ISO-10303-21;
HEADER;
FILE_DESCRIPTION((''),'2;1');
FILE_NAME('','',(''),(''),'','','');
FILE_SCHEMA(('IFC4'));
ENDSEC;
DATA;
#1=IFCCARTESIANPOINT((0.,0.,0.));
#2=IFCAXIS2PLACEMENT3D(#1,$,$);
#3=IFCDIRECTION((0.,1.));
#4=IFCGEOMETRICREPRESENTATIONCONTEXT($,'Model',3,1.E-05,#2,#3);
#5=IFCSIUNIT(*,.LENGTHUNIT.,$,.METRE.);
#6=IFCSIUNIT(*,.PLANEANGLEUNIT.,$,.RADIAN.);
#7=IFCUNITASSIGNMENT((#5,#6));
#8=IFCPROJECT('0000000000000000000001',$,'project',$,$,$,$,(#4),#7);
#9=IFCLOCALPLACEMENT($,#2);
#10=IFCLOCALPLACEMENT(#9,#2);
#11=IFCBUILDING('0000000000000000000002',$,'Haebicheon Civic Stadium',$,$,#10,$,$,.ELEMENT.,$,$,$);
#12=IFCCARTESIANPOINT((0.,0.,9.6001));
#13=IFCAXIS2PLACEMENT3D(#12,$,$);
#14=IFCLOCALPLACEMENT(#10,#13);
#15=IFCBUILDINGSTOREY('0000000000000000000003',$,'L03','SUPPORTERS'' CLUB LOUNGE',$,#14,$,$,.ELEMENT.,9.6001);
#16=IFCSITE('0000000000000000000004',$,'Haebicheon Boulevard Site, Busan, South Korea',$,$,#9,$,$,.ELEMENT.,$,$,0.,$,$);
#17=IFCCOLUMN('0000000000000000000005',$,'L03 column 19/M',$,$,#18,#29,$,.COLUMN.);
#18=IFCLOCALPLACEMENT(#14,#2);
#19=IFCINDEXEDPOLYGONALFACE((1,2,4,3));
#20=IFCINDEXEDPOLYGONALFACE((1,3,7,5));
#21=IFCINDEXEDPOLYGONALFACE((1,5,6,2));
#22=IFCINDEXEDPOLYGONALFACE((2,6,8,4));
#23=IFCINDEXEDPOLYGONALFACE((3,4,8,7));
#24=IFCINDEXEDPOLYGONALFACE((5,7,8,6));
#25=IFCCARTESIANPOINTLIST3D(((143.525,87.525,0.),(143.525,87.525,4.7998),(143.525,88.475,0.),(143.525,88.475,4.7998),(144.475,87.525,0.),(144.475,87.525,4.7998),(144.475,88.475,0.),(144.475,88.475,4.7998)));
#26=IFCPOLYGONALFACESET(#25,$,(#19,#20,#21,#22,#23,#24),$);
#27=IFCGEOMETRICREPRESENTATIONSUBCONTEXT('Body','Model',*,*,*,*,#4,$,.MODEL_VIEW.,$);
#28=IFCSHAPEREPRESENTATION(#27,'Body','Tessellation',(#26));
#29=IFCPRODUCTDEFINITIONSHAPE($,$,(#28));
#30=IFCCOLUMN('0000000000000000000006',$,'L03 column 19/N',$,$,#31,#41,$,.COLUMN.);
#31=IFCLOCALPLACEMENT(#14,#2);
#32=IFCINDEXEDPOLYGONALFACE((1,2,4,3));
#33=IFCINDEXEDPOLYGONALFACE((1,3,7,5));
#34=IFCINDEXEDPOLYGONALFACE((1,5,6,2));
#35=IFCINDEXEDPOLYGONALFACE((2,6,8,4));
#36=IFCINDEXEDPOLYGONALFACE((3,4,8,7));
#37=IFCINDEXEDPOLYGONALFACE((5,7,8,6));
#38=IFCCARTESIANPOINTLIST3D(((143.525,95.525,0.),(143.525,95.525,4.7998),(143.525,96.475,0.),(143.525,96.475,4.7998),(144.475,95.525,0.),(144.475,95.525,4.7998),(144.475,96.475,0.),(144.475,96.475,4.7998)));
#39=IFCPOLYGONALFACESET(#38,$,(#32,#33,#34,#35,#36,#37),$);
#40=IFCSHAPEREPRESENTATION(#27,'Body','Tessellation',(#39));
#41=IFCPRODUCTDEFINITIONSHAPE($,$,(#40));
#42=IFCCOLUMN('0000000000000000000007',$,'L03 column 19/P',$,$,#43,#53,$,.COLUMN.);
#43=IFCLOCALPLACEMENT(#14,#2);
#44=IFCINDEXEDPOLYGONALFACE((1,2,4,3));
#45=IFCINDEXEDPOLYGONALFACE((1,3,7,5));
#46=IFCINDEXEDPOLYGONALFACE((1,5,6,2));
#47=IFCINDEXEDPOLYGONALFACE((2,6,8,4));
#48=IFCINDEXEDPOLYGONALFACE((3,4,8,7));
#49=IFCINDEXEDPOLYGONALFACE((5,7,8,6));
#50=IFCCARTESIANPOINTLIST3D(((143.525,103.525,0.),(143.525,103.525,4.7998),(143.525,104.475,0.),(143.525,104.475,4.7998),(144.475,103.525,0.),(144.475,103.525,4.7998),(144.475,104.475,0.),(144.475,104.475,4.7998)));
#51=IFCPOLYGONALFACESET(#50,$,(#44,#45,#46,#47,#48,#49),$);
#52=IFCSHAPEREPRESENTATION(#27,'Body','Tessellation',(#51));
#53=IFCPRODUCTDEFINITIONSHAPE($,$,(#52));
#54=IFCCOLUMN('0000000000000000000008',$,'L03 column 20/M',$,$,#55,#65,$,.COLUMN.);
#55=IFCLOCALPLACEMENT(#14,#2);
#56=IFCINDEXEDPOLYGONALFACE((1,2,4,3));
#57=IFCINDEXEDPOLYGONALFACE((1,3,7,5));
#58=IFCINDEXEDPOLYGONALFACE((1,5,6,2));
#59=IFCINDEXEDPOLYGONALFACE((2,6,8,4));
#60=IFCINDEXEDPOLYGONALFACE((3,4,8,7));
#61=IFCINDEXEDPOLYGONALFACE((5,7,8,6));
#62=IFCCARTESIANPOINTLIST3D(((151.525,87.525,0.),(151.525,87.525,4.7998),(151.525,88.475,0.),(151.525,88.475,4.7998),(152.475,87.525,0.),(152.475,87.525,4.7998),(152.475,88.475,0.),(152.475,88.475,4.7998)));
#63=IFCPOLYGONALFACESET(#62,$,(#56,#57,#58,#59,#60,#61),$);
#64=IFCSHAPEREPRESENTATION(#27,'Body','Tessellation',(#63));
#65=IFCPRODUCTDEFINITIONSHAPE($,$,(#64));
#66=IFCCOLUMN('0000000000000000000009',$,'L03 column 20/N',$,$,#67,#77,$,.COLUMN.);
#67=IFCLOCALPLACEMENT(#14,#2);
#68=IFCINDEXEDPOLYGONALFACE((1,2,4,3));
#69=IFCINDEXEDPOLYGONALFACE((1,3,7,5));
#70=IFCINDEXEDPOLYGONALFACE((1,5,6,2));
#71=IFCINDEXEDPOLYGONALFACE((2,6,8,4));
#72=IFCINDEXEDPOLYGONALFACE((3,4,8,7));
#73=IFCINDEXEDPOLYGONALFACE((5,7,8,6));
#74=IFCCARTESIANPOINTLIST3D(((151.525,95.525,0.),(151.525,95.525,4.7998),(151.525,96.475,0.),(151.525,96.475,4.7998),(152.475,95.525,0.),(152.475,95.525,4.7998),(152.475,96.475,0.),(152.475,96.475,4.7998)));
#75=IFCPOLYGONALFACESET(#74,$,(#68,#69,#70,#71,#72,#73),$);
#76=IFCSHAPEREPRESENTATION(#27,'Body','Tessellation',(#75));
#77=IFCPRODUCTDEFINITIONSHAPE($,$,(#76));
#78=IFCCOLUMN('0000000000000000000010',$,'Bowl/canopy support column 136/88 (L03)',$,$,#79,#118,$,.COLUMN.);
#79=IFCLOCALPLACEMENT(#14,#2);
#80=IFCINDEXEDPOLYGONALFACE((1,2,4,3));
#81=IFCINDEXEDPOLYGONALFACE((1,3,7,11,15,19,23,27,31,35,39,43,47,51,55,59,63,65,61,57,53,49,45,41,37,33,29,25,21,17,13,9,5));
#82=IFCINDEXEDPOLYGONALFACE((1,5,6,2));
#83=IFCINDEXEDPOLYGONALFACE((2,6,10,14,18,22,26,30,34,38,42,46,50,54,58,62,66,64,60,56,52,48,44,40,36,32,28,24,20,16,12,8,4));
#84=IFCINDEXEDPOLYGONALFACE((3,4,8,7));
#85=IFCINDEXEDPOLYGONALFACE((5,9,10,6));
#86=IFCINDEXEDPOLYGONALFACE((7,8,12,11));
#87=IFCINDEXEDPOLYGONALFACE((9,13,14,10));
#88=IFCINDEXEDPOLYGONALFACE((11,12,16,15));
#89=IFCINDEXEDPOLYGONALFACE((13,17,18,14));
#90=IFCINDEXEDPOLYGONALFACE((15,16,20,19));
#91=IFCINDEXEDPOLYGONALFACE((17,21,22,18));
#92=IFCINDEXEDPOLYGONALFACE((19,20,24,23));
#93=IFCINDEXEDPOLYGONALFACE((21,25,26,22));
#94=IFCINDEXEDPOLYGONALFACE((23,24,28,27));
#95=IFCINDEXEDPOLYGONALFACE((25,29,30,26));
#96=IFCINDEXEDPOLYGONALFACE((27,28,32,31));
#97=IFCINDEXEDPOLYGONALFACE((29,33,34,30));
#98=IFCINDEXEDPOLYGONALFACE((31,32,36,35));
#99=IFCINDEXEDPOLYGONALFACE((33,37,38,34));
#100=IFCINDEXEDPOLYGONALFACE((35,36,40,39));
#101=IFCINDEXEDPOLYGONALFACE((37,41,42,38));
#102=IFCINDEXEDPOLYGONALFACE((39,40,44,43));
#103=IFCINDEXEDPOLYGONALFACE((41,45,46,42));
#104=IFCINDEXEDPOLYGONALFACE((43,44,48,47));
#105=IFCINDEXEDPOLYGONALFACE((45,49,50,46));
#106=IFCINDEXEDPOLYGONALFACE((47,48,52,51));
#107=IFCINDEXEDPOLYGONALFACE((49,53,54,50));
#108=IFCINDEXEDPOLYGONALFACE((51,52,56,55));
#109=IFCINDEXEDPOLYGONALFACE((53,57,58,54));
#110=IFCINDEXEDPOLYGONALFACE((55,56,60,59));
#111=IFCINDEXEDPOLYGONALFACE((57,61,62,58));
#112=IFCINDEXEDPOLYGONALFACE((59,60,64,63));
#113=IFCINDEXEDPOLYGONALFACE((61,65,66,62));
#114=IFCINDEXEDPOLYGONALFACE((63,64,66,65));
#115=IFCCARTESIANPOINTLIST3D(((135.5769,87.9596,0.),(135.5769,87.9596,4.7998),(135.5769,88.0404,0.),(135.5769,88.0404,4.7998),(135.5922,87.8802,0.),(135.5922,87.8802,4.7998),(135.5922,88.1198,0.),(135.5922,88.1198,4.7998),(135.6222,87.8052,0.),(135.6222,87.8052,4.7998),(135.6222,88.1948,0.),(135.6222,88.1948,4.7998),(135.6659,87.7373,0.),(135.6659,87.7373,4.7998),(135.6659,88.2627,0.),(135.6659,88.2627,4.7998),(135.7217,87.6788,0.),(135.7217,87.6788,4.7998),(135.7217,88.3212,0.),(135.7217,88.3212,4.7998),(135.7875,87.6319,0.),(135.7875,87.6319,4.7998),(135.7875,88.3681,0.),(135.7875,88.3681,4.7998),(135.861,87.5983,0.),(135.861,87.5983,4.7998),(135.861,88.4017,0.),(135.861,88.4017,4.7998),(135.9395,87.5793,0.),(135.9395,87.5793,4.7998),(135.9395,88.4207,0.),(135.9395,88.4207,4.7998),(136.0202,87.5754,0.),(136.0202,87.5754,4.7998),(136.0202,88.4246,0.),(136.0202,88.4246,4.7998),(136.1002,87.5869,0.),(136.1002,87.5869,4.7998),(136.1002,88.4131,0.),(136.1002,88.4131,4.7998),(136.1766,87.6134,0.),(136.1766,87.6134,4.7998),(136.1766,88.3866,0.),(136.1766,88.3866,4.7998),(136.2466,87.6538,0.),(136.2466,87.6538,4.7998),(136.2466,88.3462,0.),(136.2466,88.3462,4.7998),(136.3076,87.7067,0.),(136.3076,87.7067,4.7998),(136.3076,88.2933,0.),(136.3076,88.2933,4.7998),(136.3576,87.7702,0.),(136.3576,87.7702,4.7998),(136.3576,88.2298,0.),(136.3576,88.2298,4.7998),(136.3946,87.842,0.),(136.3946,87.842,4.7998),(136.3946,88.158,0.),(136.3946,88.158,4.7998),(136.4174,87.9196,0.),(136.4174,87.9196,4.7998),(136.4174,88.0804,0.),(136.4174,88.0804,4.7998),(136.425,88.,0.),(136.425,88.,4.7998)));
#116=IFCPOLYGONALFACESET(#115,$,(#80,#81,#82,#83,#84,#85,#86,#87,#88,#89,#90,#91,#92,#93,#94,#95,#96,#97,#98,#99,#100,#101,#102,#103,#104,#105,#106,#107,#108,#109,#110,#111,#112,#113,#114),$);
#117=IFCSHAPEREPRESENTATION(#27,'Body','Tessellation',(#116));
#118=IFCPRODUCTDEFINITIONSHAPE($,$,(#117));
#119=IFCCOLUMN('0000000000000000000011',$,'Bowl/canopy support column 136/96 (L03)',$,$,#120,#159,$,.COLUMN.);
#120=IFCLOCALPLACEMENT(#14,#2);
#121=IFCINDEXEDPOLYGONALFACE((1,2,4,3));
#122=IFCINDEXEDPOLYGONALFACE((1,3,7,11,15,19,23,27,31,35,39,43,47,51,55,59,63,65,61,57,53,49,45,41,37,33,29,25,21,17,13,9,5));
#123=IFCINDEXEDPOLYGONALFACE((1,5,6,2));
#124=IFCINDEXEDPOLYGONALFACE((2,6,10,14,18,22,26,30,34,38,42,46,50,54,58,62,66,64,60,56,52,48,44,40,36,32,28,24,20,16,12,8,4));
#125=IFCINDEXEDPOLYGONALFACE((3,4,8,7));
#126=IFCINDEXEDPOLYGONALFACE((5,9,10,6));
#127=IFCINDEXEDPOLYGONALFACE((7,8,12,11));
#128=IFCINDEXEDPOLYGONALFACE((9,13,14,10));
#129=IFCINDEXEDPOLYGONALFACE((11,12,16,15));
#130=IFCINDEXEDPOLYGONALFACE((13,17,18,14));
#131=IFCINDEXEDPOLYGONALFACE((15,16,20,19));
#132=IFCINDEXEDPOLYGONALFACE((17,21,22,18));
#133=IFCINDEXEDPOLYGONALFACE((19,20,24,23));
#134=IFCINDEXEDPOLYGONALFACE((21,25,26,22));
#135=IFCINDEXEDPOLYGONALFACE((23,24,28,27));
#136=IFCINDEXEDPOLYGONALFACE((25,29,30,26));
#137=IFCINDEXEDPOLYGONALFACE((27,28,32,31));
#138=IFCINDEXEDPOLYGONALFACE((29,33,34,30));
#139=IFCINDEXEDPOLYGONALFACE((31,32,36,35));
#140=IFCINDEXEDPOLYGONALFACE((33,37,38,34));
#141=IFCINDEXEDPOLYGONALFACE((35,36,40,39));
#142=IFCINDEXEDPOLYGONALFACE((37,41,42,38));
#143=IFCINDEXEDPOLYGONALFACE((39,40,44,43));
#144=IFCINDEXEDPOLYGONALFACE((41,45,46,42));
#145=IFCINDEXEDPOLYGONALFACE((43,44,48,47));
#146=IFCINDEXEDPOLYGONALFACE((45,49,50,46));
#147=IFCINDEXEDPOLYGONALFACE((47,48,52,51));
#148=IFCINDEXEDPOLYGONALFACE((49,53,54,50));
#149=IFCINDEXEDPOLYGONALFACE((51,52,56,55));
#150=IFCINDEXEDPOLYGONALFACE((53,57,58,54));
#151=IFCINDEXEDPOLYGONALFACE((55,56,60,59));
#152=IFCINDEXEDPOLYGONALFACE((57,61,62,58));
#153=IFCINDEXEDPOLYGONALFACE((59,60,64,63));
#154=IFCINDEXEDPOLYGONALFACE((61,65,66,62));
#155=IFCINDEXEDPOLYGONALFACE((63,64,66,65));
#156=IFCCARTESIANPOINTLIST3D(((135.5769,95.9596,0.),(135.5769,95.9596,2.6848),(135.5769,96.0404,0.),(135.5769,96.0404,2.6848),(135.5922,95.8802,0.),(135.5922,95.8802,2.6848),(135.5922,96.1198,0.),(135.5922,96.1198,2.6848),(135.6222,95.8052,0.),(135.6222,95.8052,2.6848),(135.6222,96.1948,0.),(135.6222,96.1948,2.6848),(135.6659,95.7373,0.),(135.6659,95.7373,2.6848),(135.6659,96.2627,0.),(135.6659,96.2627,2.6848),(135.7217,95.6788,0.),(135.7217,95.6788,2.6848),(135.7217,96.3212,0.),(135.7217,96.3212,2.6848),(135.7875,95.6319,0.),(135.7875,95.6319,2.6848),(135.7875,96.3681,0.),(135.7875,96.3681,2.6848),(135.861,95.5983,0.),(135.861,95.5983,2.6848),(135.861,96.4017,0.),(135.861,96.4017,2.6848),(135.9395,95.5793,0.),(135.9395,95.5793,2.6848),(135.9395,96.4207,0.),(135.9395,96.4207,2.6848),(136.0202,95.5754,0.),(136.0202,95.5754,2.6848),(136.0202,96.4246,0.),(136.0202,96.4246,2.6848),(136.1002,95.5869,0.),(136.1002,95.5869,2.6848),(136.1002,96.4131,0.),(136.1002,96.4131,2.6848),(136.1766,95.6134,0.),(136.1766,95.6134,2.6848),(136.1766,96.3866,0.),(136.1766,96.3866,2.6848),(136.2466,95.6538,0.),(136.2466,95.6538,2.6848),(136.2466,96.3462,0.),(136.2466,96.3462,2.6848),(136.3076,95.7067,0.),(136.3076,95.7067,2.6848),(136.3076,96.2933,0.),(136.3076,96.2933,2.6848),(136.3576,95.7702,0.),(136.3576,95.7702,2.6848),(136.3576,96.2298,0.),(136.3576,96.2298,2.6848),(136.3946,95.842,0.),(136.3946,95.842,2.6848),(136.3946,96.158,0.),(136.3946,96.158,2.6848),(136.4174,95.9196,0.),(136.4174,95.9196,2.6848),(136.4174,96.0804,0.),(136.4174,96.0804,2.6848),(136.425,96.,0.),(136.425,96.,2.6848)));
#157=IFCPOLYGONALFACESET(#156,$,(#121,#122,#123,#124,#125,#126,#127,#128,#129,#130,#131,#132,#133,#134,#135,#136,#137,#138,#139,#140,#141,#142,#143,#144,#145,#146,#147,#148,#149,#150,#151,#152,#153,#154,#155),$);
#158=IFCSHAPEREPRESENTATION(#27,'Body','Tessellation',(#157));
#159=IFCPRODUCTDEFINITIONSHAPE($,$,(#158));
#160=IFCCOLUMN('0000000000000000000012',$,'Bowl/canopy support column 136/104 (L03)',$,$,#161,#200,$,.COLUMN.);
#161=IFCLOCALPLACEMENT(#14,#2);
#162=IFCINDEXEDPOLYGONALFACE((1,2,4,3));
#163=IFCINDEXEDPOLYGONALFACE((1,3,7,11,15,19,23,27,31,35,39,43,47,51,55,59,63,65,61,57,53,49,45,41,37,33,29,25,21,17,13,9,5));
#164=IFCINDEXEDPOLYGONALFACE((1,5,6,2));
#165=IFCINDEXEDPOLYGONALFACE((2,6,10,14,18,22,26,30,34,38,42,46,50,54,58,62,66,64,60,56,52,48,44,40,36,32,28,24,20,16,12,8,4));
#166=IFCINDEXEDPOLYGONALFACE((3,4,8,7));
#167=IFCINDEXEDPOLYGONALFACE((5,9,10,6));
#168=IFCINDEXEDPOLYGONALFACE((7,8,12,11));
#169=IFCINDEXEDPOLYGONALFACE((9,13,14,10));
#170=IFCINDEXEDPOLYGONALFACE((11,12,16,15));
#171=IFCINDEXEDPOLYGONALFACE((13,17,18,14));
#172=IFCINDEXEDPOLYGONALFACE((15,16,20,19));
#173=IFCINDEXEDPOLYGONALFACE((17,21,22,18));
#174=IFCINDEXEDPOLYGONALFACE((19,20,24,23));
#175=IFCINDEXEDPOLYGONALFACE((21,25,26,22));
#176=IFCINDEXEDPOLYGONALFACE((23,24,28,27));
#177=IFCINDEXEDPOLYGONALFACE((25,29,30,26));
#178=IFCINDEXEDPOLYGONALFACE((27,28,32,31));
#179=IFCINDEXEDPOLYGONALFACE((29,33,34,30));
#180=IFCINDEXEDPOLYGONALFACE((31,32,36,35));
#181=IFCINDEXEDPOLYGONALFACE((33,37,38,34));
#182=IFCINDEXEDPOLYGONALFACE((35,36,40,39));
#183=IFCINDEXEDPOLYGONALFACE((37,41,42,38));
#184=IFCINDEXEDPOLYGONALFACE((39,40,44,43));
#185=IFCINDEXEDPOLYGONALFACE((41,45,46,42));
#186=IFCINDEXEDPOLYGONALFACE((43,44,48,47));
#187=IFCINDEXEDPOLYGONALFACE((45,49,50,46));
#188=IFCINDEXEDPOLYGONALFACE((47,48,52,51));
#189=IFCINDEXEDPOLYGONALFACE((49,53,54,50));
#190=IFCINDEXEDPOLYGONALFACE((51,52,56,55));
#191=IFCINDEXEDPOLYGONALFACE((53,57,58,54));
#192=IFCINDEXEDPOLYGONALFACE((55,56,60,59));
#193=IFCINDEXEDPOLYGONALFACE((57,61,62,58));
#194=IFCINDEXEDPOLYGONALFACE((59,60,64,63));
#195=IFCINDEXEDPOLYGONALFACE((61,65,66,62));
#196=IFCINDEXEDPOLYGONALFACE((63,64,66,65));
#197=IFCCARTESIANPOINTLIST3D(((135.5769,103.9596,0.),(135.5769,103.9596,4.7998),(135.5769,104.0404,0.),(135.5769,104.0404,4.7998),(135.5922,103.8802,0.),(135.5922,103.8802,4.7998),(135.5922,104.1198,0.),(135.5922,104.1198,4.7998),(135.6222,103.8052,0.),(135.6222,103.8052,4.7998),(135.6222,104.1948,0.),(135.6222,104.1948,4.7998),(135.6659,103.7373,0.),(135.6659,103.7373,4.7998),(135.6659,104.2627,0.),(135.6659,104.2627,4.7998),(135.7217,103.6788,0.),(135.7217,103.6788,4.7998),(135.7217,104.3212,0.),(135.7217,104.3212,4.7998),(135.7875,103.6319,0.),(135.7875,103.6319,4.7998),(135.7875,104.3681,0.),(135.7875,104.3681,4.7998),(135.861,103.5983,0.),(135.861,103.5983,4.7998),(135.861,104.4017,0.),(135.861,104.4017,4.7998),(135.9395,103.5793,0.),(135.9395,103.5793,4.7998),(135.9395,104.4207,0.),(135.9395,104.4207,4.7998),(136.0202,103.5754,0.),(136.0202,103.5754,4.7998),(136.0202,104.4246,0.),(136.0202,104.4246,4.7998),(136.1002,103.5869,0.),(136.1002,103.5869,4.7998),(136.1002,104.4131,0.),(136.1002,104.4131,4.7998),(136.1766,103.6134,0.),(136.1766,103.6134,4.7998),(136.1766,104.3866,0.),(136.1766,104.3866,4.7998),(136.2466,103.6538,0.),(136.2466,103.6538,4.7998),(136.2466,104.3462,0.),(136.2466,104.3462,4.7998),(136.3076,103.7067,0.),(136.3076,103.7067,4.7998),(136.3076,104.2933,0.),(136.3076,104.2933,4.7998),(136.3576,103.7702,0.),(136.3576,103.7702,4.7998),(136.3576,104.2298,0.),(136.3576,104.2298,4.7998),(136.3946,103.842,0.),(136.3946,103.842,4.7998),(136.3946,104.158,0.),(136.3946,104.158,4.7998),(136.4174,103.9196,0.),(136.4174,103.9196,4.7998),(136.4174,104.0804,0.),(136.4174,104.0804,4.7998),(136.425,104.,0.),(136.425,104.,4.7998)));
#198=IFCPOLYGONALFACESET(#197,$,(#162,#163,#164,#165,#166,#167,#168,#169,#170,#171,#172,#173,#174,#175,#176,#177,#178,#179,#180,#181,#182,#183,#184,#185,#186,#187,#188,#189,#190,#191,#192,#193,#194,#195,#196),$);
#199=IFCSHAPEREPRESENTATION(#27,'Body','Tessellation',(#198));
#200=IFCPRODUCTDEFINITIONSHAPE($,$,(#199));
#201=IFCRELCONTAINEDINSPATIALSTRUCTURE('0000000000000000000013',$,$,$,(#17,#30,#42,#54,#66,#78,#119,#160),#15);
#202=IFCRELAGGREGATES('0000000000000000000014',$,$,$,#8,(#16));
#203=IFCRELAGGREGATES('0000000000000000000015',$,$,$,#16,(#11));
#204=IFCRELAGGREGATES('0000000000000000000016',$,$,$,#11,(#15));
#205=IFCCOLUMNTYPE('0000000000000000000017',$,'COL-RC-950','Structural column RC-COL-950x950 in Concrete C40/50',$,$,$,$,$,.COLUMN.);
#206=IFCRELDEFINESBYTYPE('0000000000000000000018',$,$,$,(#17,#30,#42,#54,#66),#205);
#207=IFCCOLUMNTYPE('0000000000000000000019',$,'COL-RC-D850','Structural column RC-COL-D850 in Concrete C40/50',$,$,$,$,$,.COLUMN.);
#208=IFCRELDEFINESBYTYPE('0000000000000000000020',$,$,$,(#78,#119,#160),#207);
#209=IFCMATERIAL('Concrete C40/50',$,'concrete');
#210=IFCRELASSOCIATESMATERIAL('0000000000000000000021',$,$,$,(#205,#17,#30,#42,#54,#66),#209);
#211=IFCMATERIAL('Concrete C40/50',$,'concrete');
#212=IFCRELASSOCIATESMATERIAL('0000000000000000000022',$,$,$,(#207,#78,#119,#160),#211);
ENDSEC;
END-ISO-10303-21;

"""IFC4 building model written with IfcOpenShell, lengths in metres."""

from ifc_helpers import new_model, si_unit, direction, frame, origin, origin_2d, place, context, subcontext, project, spatial, rectangle, circle, extrude, material, material_profile, profile_set, type_object, element, save


model = new_model("IFC4")

# Units and contexts
model_context = context("Model", 3, precision=1e-05, world=origin(), true_north=direction((0.0, 1.0)))
body_context = subcontext(model_context, "Body", "Model", "MODEL_VIEW")
ifc_project = project(units=[si_unit("LENGTHUNIT", "METRE"), si_unit("PLANEANGLEUNIT", "RADIAN")], contexts=[model_context])

# Site, building, storey
site_placement = place(None, origin())
site = spatial("IfcSite", under=ifc_project, at=site_placement, Name="Haebicheon Boulevard Site, Busan, South Korea", CompositionType="ELEMENT", RefElevation=0.0)
building_placement = place(site_placement, origin())
building = spatial("IfcBuilding", under=site, at=building_placement, Name="Haebicheon Civic Stadium", CompositionType="ELEMENT")
storey_placement = place(building_placement, frame((0.0, 0.0, 9.6001)))
storey = spatial("IfcBuildingStorey", under=building, at=storey_placement, Name="L03", Description="SUPPORTERS' CLUB LOUNGE", CompositionType="ELEMENT", Elevation=9.6001)

# Columns
ifc_material_1 = material(Name="Concrete C40/50", Category="concrete")
ifc_material_profile_1 = material_profile(ifc_material_1, rectangle(XDim=0.95, YDim=0.95, at=origin_2d()), Name="RC-COL-950x950")
ifc_profile_set_1 = profile_set([ifc_material_profile_1], Name="Concrete C40/50")
column_type_1 = type_object("IfcColumnType", Name="COL-RC-950", Description="Structural column RC-COL-950x950 in Concrete C40/50", PredefinedType="COLUMN", material=ifc_profile_set_1)
for number, where, z_axis, x_axis, name in (
    (1, (144.0, 88.0, 0.0), (0.0, 0.0, 1.0), (1.0, 0.0, 0.0), "L03 column 19/M"),
    (2, (144.0, 96.0, 0.0), (0.0, 0.0, 1.0), (1.0, 0.0, 0.0), "L03 column 19/N"),
    (3, (144.0, 104.0, 0.0), (0.0, 0.0, 1.0), (1.0, 0.0, 0.0), "L03 column 19/P"),
    (4, (152.0, 88.0, 0.0), (0.0, 0.0, 1.0), (1.0, 0.0, 0.0), "L03 column 20/M"),
    (5, (152.0, 96.0, 0.0), (0.0, 0.0, 1.0), (1.0, 0.0, 0.0), "L03 column 20/N"),
):
    element("IfcColumn", number, at=place(storey_placement, frame(where, z_axis=z_axis, x_axis=x_axis)), inside=storey, type_object=column_type_1, material=ifc_profile_set_1, Name=name, PredefinedType="COLUMN", context=body_context, shape_type="SweptSolid", body=[
        extrude(rectangle(XDim=0.95, YDim=0.95, at=origin_2d()), origin(), (0.0, 0.0, 1.0), 4.7998),
    ])
ifc_material_2 = material(Name="Concrete C40/50", Category="concrete")
ifc_material_profile_2 = material_profile(ifc_material_2, circle(Radius=0.425, at=origin_2d()), Name="RC-COL-D850")
ifc_profile_set_2 = profile_set([ifc_material_profile_2], Name="Concrete C40/50")
column_type_2 = type_object("IfcColumnType", Name="COL-RC-D850", Description="Structural column RC-COL-D850 in Concrete C40/50", PredefinedType="COLUMN", material=ifc_profile_set_2)
column_1_placement = place(storey_placement, frame((136.0, 88.0, 0.0), z_axis=(0.0, 0.0, 1.0), x_axis=(1.0, 0.0, 0.0)))
element("IfcColumn", 6, at=column_1_placement, inside=storey, type_object=column_type_2, material=ifc_profile_set_2, Name="Bowl/canopy support column 136/88 (L03)", PredefinedType="COLUMN", context=body_context, shape_type="SweptSolid", body=[
    extrude(circle(Radius=0.425, at=origin_2d()), origin(), (0.0, 0.0, 1.0), 4.7998),
])
column_2_placement = place(storey_placement, frame((136.0, 96.0, 0.0), z_axis=(0.0, 0.0, 1.0), x_axis=(1.0, 0.0, 0.0)))
element("IfcColumn", 7, at=column_2_placement, inside=storey, type_object=column_type_2, material=ifc_profile_set_2, Name="Bowl/canopy support column 136/96 (L03)", PredefinedType="COLUMN", context=body_context, shape_type="SweptSolid", body=[
    extrude(circle(Radius=0.425, at=origin_2d()), origin(), (0.0, 0.0, 1.0), 2.6848),
])
column_3_placement = place(storey_placement, frame((136.0, 104.0, 0.0), z_axis=(0.0, 0.0, 1.0), x_axis=(1.0, 0.0, 0.0)))
element("IfcColumn", 8, at=column_3_placement, inside=storey, type_object=column_type_2, material=ifc_profile_set_2, Name="Bowl/canopy support column 136/104 (L03)", PredefinedType="COLUMN", context=body_context, shape_type="SweptSolid", body=[
    extrude(circle(Radius=0.425, at=origin_2d()), origin(), (0.0, 0.0, 1.0), 4.7998),
])

save(model, "model.ifc")
